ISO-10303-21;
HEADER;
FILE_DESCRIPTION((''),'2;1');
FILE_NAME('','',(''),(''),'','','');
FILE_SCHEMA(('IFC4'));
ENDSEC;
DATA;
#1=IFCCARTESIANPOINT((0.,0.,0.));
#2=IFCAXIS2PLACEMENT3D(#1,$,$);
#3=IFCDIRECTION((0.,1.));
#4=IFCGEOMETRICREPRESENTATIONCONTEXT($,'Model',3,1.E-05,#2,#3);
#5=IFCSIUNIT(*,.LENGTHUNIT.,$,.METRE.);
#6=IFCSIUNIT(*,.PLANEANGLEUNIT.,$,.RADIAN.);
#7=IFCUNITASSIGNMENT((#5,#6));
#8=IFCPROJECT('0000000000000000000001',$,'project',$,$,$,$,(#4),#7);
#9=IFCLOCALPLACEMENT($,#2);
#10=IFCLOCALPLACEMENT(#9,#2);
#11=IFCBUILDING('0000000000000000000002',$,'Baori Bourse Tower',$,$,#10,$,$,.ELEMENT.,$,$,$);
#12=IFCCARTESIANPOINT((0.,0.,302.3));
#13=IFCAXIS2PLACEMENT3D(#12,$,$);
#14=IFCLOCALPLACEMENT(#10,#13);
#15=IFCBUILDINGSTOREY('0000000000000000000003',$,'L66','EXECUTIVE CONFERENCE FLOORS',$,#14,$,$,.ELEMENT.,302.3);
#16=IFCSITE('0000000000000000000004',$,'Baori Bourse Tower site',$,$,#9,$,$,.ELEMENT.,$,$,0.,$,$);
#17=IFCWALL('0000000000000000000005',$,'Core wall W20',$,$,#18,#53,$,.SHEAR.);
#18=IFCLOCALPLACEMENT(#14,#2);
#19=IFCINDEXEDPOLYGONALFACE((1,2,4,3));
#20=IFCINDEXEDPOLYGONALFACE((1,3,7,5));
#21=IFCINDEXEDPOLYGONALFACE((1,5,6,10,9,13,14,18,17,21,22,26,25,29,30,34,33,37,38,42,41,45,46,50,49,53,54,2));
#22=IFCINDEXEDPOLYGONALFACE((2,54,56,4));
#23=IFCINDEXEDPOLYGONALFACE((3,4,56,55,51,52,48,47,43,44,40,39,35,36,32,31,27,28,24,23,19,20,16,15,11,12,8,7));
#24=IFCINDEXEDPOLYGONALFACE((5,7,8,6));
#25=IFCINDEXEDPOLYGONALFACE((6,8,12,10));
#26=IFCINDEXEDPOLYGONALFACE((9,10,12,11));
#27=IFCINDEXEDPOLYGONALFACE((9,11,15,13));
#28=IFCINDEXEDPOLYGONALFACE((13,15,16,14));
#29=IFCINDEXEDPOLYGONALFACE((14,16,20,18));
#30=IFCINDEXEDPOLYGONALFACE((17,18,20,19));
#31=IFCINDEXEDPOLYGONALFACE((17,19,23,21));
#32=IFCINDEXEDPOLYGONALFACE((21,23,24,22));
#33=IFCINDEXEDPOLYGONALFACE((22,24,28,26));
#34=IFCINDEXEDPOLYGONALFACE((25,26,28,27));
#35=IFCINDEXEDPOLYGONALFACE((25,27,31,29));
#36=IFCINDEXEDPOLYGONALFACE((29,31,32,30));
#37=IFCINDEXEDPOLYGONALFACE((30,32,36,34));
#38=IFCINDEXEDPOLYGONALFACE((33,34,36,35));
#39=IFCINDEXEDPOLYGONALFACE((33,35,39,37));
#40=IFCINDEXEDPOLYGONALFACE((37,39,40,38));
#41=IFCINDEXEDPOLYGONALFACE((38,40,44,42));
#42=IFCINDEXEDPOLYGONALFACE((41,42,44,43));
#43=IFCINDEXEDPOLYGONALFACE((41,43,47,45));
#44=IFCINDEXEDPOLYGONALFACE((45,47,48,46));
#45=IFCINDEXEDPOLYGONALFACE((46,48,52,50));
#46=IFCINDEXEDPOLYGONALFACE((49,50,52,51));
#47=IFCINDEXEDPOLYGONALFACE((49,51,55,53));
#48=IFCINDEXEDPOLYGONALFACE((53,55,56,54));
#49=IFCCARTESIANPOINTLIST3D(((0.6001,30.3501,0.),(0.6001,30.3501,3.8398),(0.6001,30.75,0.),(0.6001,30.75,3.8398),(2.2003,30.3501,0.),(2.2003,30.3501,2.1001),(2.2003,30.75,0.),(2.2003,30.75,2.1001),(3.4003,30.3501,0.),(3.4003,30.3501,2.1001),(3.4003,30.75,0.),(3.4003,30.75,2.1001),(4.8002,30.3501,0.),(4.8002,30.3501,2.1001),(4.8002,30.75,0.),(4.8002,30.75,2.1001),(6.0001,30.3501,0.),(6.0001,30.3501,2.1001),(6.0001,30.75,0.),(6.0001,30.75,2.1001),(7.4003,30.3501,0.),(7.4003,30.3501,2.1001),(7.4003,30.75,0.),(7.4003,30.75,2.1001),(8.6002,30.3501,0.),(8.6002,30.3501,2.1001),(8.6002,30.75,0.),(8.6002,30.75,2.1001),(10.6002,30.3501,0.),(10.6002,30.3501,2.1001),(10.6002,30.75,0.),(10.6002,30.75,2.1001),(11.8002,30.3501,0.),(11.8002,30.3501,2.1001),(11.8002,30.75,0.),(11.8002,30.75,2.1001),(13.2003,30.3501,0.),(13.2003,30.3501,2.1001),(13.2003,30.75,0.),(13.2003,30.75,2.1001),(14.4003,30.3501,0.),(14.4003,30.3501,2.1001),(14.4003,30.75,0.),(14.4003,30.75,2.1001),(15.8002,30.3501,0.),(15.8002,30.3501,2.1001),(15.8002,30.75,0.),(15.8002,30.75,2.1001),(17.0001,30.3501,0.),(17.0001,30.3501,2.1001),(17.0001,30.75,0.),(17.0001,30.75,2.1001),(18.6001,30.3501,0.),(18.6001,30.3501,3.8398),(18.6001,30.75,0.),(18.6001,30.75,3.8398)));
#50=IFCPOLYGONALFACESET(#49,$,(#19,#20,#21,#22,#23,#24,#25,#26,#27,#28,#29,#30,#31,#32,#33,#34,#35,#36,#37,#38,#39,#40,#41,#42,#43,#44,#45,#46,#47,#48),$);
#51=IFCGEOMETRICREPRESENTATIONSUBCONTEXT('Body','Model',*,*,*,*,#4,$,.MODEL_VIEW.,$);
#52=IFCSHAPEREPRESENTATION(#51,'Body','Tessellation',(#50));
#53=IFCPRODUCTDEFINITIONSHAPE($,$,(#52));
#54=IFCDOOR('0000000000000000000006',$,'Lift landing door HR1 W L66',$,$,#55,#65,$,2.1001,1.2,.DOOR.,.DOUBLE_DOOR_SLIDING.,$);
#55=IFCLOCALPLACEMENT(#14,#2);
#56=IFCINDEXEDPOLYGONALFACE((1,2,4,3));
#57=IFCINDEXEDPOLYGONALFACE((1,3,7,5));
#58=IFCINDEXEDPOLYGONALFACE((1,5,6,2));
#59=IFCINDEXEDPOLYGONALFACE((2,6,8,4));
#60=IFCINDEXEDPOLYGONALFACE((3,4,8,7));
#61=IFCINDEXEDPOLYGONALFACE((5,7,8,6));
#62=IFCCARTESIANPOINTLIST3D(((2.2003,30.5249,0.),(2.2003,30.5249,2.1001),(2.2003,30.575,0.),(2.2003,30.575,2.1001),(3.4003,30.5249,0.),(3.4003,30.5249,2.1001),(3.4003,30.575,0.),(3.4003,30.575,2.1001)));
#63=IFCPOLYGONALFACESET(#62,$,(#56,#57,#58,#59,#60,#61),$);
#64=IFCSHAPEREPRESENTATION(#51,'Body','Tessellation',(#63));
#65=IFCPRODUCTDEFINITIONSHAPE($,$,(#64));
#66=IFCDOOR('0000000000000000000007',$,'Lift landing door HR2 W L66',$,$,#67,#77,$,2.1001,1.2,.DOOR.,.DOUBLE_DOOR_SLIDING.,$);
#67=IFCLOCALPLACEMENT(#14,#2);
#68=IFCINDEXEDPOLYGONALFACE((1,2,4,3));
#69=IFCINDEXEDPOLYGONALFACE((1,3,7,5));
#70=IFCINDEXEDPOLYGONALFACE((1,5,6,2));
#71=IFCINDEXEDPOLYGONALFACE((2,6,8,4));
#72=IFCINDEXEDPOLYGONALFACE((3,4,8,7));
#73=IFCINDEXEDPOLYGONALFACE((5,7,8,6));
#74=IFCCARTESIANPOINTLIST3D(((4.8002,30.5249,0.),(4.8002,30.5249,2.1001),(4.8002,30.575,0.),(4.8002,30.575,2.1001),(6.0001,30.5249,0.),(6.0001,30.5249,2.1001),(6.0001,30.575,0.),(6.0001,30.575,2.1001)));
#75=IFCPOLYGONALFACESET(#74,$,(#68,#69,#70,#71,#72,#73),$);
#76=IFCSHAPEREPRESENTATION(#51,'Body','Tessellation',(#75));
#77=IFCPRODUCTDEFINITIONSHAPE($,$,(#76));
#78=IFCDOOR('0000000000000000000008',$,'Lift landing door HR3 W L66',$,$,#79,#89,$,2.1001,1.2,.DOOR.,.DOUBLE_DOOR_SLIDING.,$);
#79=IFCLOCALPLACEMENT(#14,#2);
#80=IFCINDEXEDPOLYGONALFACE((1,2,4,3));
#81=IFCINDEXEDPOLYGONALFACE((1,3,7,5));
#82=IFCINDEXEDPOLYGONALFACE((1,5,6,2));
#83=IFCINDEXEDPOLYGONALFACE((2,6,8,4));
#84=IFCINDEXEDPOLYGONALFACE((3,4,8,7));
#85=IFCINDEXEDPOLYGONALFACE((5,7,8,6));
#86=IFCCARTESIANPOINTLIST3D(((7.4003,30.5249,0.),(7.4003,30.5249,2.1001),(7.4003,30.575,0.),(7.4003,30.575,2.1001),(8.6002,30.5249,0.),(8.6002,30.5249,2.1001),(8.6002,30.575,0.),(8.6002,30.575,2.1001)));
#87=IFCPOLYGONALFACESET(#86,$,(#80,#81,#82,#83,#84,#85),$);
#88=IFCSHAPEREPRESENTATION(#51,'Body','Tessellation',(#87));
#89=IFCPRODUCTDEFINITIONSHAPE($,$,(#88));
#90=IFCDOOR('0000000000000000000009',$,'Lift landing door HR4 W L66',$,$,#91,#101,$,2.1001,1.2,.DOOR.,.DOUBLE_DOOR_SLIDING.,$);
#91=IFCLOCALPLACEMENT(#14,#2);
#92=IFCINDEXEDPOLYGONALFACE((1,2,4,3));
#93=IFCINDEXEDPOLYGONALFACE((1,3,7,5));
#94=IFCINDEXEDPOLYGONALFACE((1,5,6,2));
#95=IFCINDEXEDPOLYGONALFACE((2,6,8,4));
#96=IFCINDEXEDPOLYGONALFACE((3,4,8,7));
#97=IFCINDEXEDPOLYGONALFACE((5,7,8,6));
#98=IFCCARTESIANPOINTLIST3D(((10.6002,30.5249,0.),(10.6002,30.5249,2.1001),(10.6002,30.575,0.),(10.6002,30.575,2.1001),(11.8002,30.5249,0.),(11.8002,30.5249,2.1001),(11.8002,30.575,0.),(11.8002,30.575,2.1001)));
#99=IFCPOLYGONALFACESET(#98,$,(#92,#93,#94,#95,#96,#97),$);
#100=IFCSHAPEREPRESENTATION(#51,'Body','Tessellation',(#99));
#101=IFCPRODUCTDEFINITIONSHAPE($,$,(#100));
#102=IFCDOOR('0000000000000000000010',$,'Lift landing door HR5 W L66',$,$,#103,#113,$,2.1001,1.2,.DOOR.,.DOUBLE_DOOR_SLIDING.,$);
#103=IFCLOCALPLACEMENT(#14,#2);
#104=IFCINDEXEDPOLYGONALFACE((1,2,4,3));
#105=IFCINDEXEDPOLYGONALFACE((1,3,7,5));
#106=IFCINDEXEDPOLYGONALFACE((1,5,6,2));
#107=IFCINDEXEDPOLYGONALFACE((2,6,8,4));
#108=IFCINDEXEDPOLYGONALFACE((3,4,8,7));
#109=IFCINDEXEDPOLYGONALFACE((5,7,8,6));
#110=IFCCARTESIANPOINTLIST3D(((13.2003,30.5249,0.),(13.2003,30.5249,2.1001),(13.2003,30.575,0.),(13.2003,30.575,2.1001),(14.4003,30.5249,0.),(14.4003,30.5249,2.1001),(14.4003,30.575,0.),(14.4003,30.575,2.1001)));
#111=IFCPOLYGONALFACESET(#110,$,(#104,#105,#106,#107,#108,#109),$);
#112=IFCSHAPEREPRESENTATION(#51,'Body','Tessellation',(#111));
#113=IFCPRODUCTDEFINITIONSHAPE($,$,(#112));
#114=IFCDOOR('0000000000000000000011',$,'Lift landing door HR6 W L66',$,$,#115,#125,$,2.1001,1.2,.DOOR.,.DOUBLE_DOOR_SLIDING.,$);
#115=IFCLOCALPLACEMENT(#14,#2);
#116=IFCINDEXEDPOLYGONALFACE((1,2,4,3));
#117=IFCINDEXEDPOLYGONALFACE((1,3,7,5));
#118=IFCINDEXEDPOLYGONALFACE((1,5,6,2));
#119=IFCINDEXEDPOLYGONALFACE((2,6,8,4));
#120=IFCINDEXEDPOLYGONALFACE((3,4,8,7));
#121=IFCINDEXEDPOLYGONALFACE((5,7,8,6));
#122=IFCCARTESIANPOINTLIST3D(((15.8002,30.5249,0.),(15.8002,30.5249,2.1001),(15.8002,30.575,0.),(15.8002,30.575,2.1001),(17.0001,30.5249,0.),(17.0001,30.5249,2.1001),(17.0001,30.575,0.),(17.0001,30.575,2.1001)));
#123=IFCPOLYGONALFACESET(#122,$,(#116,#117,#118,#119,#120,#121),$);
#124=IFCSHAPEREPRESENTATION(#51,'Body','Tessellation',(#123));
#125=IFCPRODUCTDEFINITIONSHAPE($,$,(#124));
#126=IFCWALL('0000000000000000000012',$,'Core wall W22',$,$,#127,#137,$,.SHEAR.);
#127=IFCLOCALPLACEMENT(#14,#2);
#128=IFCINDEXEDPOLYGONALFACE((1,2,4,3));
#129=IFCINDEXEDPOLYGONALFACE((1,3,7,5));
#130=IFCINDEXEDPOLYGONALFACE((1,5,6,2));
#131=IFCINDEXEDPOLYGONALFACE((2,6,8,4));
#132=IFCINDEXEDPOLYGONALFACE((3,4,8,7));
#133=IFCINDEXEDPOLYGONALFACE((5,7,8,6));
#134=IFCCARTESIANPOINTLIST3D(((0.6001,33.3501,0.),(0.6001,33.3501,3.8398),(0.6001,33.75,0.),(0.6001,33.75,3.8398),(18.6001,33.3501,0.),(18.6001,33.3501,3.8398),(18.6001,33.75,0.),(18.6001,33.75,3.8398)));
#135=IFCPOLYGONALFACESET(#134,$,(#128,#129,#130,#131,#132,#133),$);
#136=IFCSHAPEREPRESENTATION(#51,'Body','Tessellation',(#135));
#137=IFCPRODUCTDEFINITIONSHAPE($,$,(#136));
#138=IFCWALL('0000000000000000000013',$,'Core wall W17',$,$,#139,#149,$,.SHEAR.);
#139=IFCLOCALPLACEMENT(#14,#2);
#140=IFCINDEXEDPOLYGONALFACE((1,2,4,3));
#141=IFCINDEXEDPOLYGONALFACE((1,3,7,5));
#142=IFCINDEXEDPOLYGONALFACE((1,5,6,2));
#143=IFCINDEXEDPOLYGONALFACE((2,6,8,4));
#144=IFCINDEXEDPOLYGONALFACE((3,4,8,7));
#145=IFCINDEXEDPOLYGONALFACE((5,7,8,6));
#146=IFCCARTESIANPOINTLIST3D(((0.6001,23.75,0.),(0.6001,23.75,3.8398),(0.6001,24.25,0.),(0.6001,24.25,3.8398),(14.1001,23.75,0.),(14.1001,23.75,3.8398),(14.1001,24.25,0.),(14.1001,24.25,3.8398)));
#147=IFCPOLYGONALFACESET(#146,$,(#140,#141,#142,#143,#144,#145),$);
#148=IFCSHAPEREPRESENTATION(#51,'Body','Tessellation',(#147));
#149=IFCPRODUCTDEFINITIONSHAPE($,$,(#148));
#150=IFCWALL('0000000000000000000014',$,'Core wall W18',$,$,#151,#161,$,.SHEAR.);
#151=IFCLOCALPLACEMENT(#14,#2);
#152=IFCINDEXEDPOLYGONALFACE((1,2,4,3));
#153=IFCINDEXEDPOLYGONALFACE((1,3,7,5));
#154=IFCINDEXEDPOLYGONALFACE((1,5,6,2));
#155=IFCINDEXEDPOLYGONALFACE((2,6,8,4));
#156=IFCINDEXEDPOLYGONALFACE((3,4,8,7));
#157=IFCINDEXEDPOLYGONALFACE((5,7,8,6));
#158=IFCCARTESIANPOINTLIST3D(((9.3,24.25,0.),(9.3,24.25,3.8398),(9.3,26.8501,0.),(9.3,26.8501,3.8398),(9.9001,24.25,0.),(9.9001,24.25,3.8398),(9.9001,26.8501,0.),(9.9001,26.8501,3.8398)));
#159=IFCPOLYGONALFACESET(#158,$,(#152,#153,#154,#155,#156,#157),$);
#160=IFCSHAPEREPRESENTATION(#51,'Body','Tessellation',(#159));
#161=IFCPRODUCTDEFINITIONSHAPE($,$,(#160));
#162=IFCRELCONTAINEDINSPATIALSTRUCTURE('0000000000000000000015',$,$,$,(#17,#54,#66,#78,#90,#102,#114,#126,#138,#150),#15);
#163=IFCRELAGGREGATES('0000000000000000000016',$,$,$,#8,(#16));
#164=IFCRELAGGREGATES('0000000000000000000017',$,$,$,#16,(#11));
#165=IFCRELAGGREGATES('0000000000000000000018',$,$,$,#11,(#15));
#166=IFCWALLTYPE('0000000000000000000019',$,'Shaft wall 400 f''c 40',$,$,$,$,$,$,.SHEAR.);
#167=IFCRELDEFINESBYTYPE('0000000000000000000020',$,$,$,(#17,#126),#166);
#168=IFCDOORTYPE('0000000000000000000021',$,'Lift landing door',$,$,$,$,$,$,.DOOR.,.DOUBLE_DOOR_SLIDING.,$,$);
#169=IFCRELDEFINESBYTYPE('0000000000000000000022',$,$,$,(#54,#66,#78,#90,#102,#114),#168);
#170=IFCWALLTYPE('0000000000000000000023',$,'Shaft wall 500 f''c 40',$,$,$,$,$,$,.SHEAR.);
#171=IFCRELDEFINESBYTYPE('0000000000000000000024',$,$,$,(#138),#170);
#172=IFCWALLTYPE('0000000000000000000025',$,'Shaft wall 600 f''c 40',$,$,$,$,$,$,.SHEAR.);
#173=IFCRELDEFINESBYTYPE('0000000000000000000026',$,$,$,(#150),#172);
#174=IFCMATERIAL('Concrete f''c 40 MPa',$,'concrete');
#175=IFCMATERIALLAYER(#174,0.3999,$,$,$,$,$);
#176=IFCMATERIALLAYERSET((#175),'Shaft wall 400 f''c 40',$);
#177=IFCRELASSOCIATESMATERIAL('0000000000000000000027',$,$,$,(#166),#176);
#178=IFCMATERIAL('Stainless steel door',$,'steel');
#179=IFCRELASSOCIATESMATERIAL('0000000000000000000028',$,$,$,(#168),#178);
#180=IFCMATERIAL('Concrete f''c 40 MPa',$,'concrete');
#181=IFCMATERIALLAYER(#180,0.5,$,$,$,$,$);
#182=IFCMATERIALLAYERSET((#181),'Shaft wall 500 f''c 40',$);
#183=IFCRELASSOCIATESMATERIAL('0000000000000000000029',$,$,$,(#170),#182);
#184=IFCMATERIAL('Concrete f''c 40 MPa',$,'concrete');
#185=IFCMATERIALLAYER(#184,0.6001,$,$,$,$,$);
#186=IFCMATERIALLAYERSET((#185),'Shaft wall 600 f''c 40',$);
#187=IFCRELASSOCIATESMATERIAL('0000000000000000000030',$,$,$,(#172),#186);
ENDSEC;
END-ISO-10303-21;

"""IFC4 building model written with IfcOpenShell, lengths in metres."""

from ifc_helpers import new_model, si_unit, direction, frame, frame_2d, origin, place, context, subcontext, project, spatial, rectangle, extrude, material, layer, layer_set, type_object, element, fill, save


model = new_model("IFC4")

# Units and contexts
model_context = context("Model", 3, precision=1e-05, world=origin(), true_north=direction((0.0, 1.0)))
body_context = subcontext(model_context, "Body", "Model", "MODEL_VIEW")
ifc_project = project(units=[si_unit("LENGTHUNIT", "METRE"), si_unit("PLANEANGLEUNIT", "RADIAN")], contexts=[model_context])

# Site, building, storey
site_placement = place(None, origin())
site = spatial("IfcSite", under=ifc_project, at=site_placement, Name="Baori Bourse Tower site", CompositionType="ELEMENT", RefElevation=0.0)
building_placement = place(site_placement, origin())
building = spatial("IfcBuilding", under=site, at=building_placement, Name="Baori Bourse Tower", CompositionType="ELEMENT")
storey_placement = place(building_placement, frame((0.0, 0.0, 302.3)))
storey = spatial("IfcBuildingStorey", under=building, at=storey_placement, Name="L66", Description="EXECUTIVE CONFERENCE FLOORS", CompositionType="ELEMENT", Elevation=302.3)

# Wall, openings, doors
ifc_material_1 = material(Name="Concrete f'c 40 MPa", Category="concrete")
ifc_layer_1 = layer(ifc_material_1, 0.3999)
ifc_layer_set_1 = layer_set([ifc_layer_1], Name="Shaft wall 400 f'c 40")
wall_type_1 = type_object("IfcWallType", Name="Shaft wall 400 f'c 40", PredefinedType="SHEAR", material=ifc_layer_set_1)
ifc_material_2 = material(Name="Stainless steel door", Category="steel")
door_type_1 = type_object("IfcDoorType", Name="Lift landing door", OperationType="DOUBLE_DOOR_SLIDING", PredefinedType="DOOR", material=ifc_material_2)
wall_1_placement = place(storey_placement, frame((0.6001, 30.55, 0.0), z_axis=(0.0, 0.0, 1.0), x_axis=(1.0, 0.0, 0.0)))
wall_1 = element("IfcWall", 1, at=wall_1_placement, inside=storey, type_object=wall_type_1, Name="Core wall W20", PredefinedType="SHEAR", context=body_context, shape_type="SweptSolid", body=[
    extrude(rectangle(XDim=18.0, YDim=0.3999, at=frame_2d((9.0, 0.0))), origin(), (0.0, 0.0, 1.0), 3.8398),
])
opening_1_placement = place(wall_1_placement, frame((1.6001, 0.0, 0.0)))
opening_1 = element("IfcOpeningElement", 2, at=opening_1_placement, cuts=wall_1, PredefinedType="OPENING", context=body_context, shape_type="SweptSolid", body=[
    extrude(rectangle(XDim=1.2, YDim=2.1001, at=frame_2d((0.6001, 1.05))), frame((0.0, 0.21, 0.0), z_axis=(0.0, -1.0, 0.0), x_axis=(1.0, 0.0, 0.0)), (0.0, 0.0, 1.0), 0.4199),
])
opening_2_placement = place(wall_1_placement, frame((4.2, 0.0, 0.0)))
opening_2 = element("IfcOpeningElement", 3, at=opening_2_placement, cuts=wall_1, PredefinedType="OPENING", context=body_context, shape_type="SweptSolid", body=[
    extrude(rectangle(XDim=1.2, YDim=2.1001, at=frame_2d((0.6001, 1.05))), frame((0.0, 0.21, 0.0), z_axis=(0.0, -1.0, 0.0), x_axis=(1.0, 0.0, 0.0)), (0.0, 0.0, 1.0), 0.4199),
])
opening_3_placement = place(wall_1_placement, frame((6.8, 0.0, 0.0)))
opening_3 = element("IfcOpeningElement", 4, at=opening_3_placement, cuts=wall_1, PredefinedType="OPENING", context=body_context, shape_type="SweptSolid", body=[
    extrude(rectangle(XDim=1.2, YDim=2.1001, at=frame_2d((0.6001, 1.05))), frame((0.0, 0.21, 0.0), z_axis=(0.0, -1.0, 0.0), x_axis=(1.0, 0.0, 0.0)), (0.0, 0.0, 1.0), 0.4199),
])
opening_4_placement = place(wall_1_placement, frame((10.0, 0.0, 0.0)))
opening_4 = element("IfcOpeningElement", 5, at=opening_4_placement, cuts=wall_1, PredefinedType="OPENING", context=body_context, shape_type="SweptSolid", body=[
    extrude(rectangle(XDim=1.2, YDim=2.1001, at=frame_2d((0.6001, 1.05))), frame((0.0, 0.21, 0.0), z_axis=(0.0, -1.0, 0.0), x_axis=(1.0, 0.0, 0.0)), (0.0, 0.0, 1.0), 0.4199),
])
opening_5_placement = place(wall_1_placement, frame((12.6001, 0.0, 0.0)))
opening_5 = element("IfcOpeningElement", 6, at=opening_5_placement, cuts=wall_1, PredefinedType="OPENING", context=body_context, shape_type="SweptSolid", body=[
    extrude(rectangle(XDim=1.2, YDim=2.1001, at=frame_2d((0.6001, 1.05))), frame((0.0, 0.21, 0.0), z_axis=(0.0, -1.0, 0.0), x_axis=(1.0, 0.0, 0.0)), (0.0, 0.0, 1.0), 0.4199),
])
opening_6_placement = place(wall_1_placement, frame((15.2, 0.0, 0.0)))
opening_6 = element("IfcOpeningElement", 7, at=opening_6_placement, cuts=wall_1, PredefinedType="OPENING", context=body_context, shape_type="SweptSolid", body=[
    extrude(rectangle(XDim=1.2, YDim=2.1001, at=frame_2d((0.6001, 1.05))), frame((0.0, 0.21, 0.0), z_axis=(0.0, -1.0, 0.0), x_axis=(1.0, 0.0, 0.0)), (0.0, 0.0, 1.0), 0.4199),
])
door_1_placement = place(opening_1_placement, origin())
door_1 = element("IfcDoor", 8, at=door_1_placement, inside=storey, type_object=door_type_1, Name="Lift landing door HR1 W L66", OperationType="DOUBLE_DOOR_SLIDING", OverallHeight=2.1001, OverallWidth=1.2, PredefinedType="DOOR", context=body_context, shape_type="SweptSolid", body=[
    extrude(rectangle(XDim=1.2, YDim=2.1001, at=frame_2d((0.6001, 1.05))), frame((0.0, 0.0249, 0.0), z_axis=(0.0, -1.0, 0.0), x_axis=(1.0, 0.0, 0.0)), (0.0, 0.0, 1.0), 0.05),
])
fill(opening_1, door_1)
door_2_placement = place(opening_2_placement, origin())
door_2 = element("IfcDoor", 9, at=door_2_placement, inside=storey, type_object=door_type_1, Name="Lift landing door HR2 W L66", OperationType="DOUBLE_DOOR_SLIDING", OverallHeight=2.1001, OverallWidth=1.2, PredefinedType="DOOR", context=body_context, shape_type="SweptSolid", body=[
    extrude(rectangle(XDim=1.2, YDim=2.1001, at=frame_2d((0.6001, 1.05))), frame((0.0, 0.0249, 0.0), z_axis=(0.0, -1.0, 0.0), x_axis=(1.0, 0.0, 0.0)), (0.0, 0.0, 1.0), 0.05),
])
fill(opening_2, door_2)
door_3_placement = place(opening_3_placement, origin())
door_3 = element("IfcDoor", 10, at=door_3_placement, inside=storey, type_object=door_type_1, Name="Lift landing door HR3 W L66", OperationType="DOUBLE_DOOR_SLIDING", OverallHeight=2.1001, OverallWidth=1.2, PredefinedType="DOOR", context=body_context, shape_type="SweptSolid", body=[
    extrude(rectangle(XDim=1.2, YDim=2.1001, at=frame_2d((0.6001, 1.05))), frame((0.0, 0.0249, 0.0), z_axis=(0.0, -1.0, 0.0), x_axis=(1.0, 0.0, 0.0)), (0.0, 0.0, 1.0), 0.05),
])
fill(opening_3, door_3)
door_4_placement = place(opening_4_placement, origin())
door_4 = element("IfcDoor", 11, at=door_4_placement, inside=storey, type_object=door_type_1, Name="Lift landing door HR4 W L66", OperationType="DOUBLE_DOOR_SLIDING", OverallHeight=2.1001, OverallWidth=1.2, PredefinedType="DOOR", context=body_context, shape_type="SweptSolid", body=[
    extrude(rectangle(XDim=1.2, YDim=2.1001, at=frame_2d((0.6001, 1.05))), frame((0.0, 0.0249, 0.0), z_axis=(0.0, -1.0, 0.0), x_axis=(1.0, 0.0, 0.0)), (0.0, 0.0, 1.0), 0.05),
])
fill(opening_4, door_4)
door_5_placement = place(opening_5_placement, origin())
door_5 = element("IfcDoor", 12, at=door_5_placement, inside=storey, type_object=door_type_1, Name="Lift landing door HR5 W L66", OperationType="DOUBLE_DOOR_SLIDING", OverallHeight=2.1001, OverallWidth=1.2, PredefinedType="DOOR", context=body_context, shape_type="SweptSolid", body=[
    extrude(rectangle(XDim=1.2, YDim=2.1001, at=frame_2d((0.6001, 1.05))), frame((0.0, 0.0249, 0.0), z_axis=(0.0, -1.0, 0.0), x_axis=(1.0, 0.0, 0.0)), (0.0, 0.0, 1.0), 0.05),
])
fill(opening_5, door_5)
door_6_placement = place(opening_6_placement, origin())
door_6 = element("IfcDoor", 13, at=door_6_placement, inside=storey, type_object=door_type_1, Name="Lift landing door HR6 W L66", OperationType="DOUBLE_DOOR_SLIDING", OverallHeight=2.1001, OverallWidth=1.2, PredefinedType="DOOR", context=body_context, shape_type="SweptSolid", body=[
    extrude(rectangle(XDim=1.2, YDim=2.1001, at=frame_2d((0.6001, 1.05))), frame((0.0, 0.0249, 0.0), z_axis=(0.0, -1.0, 0.0), x_axis=(1.0, 0.0, 0.0)), (0.0, 0.0, 1.0), 0.05),
])
fill(opening_6, door_6)

# Walls
wall_2_placement = place(storey_placement, frame((0.6001, 33.55, 0.0), z_axis=(0.0, 0.0, 1.0), x_axis=(1.0, 0.0, 0.0)))
element("IfcWall", 14, at=wall_2_placement, inside=storey, type_object=wall_type_1, Name="Core wall W22", PredefinedType="SHEAR", context=body_context, shape_type="SweptSolid", body=[
    extrude(rectangle(XDim=18.0, YDim=0.3999, at=frame_2d((9.0, 0.0))), origin(), (0.0, 0.0, 1.0), 3.8398),
])
ifc_material_3 = material(Name="Concrete f'c 40 MPa", Category="concrete")
ifc_layer_2 = layer(ifc_material_3, 0.5)
ifc_layer_set_2 = layer_set([ifc_layer_2], Name="Shaft wall 500 f'c 40")
wall_type_2 = type_object("IfcWallType", Name="Shaft wall 500 f'c 40", PredefinedType="SHEAR", material=ifc_layer_set_2)
wall_3_placement = place(storey_placement, frame((0.6001, 24.0, 0.0), z_axis=(0.0, 0.0, 1.0), x_axis=(1.0, 0.0, 0.0)))
element("IfcWall", 15, at=wall_3_placement, inside=storey, type_object=wall_type_2, Name="Core wall W17", PredefinedType="SHEAR", context=body_context, shape_type="SweptSolid", body=[
    extrude(rectangle(XDim=13.5, YDim=0.5, at=frame_2d((6.75, 0.0))), origin(), (0.0, 0.0, 1.0), 3.8398),
])
ifc_material_4 = material(Name="Concrete f'c 40 MPa", Category="concrete")
ifc_layer_3 = layer(ifc_material_4, 0.6001)
ifc_layer_set_3 = layer_set([ifc_layer_3], Name="Shaft wall 600 f'c 40")
wall_type_3 = type_object("IfcWallType", Name="Shaft wall 600 f'c 40", PredefinedType="SHEAR", material=ifc_layer_set_3)
for number, where, z_axis, x_axis, name in (
    (16, (9.6001, 24.25, 0.0), (0.0, 0.0, 1.0), (0.0, 1.0, 0.0), "Core wall W18"),
):
    element("IfcWall", number, at=place(storey_placement, frame(where, z_axis=z_axis, x_axis=x_axis)), inside=storey, type_object=wall_type_3, Name=name, PredefinedType="SHEAR", context=body_context, shape_type="SweptSolid", body=[
        extrude(rectangle(XDim=2.6001, YDim=0.6001, at=frame_2d((1.3, 0.0))), origin(), (0.0, 0.0, 1.0), 3.8398),
    ])

save(model, "model.ifc")
